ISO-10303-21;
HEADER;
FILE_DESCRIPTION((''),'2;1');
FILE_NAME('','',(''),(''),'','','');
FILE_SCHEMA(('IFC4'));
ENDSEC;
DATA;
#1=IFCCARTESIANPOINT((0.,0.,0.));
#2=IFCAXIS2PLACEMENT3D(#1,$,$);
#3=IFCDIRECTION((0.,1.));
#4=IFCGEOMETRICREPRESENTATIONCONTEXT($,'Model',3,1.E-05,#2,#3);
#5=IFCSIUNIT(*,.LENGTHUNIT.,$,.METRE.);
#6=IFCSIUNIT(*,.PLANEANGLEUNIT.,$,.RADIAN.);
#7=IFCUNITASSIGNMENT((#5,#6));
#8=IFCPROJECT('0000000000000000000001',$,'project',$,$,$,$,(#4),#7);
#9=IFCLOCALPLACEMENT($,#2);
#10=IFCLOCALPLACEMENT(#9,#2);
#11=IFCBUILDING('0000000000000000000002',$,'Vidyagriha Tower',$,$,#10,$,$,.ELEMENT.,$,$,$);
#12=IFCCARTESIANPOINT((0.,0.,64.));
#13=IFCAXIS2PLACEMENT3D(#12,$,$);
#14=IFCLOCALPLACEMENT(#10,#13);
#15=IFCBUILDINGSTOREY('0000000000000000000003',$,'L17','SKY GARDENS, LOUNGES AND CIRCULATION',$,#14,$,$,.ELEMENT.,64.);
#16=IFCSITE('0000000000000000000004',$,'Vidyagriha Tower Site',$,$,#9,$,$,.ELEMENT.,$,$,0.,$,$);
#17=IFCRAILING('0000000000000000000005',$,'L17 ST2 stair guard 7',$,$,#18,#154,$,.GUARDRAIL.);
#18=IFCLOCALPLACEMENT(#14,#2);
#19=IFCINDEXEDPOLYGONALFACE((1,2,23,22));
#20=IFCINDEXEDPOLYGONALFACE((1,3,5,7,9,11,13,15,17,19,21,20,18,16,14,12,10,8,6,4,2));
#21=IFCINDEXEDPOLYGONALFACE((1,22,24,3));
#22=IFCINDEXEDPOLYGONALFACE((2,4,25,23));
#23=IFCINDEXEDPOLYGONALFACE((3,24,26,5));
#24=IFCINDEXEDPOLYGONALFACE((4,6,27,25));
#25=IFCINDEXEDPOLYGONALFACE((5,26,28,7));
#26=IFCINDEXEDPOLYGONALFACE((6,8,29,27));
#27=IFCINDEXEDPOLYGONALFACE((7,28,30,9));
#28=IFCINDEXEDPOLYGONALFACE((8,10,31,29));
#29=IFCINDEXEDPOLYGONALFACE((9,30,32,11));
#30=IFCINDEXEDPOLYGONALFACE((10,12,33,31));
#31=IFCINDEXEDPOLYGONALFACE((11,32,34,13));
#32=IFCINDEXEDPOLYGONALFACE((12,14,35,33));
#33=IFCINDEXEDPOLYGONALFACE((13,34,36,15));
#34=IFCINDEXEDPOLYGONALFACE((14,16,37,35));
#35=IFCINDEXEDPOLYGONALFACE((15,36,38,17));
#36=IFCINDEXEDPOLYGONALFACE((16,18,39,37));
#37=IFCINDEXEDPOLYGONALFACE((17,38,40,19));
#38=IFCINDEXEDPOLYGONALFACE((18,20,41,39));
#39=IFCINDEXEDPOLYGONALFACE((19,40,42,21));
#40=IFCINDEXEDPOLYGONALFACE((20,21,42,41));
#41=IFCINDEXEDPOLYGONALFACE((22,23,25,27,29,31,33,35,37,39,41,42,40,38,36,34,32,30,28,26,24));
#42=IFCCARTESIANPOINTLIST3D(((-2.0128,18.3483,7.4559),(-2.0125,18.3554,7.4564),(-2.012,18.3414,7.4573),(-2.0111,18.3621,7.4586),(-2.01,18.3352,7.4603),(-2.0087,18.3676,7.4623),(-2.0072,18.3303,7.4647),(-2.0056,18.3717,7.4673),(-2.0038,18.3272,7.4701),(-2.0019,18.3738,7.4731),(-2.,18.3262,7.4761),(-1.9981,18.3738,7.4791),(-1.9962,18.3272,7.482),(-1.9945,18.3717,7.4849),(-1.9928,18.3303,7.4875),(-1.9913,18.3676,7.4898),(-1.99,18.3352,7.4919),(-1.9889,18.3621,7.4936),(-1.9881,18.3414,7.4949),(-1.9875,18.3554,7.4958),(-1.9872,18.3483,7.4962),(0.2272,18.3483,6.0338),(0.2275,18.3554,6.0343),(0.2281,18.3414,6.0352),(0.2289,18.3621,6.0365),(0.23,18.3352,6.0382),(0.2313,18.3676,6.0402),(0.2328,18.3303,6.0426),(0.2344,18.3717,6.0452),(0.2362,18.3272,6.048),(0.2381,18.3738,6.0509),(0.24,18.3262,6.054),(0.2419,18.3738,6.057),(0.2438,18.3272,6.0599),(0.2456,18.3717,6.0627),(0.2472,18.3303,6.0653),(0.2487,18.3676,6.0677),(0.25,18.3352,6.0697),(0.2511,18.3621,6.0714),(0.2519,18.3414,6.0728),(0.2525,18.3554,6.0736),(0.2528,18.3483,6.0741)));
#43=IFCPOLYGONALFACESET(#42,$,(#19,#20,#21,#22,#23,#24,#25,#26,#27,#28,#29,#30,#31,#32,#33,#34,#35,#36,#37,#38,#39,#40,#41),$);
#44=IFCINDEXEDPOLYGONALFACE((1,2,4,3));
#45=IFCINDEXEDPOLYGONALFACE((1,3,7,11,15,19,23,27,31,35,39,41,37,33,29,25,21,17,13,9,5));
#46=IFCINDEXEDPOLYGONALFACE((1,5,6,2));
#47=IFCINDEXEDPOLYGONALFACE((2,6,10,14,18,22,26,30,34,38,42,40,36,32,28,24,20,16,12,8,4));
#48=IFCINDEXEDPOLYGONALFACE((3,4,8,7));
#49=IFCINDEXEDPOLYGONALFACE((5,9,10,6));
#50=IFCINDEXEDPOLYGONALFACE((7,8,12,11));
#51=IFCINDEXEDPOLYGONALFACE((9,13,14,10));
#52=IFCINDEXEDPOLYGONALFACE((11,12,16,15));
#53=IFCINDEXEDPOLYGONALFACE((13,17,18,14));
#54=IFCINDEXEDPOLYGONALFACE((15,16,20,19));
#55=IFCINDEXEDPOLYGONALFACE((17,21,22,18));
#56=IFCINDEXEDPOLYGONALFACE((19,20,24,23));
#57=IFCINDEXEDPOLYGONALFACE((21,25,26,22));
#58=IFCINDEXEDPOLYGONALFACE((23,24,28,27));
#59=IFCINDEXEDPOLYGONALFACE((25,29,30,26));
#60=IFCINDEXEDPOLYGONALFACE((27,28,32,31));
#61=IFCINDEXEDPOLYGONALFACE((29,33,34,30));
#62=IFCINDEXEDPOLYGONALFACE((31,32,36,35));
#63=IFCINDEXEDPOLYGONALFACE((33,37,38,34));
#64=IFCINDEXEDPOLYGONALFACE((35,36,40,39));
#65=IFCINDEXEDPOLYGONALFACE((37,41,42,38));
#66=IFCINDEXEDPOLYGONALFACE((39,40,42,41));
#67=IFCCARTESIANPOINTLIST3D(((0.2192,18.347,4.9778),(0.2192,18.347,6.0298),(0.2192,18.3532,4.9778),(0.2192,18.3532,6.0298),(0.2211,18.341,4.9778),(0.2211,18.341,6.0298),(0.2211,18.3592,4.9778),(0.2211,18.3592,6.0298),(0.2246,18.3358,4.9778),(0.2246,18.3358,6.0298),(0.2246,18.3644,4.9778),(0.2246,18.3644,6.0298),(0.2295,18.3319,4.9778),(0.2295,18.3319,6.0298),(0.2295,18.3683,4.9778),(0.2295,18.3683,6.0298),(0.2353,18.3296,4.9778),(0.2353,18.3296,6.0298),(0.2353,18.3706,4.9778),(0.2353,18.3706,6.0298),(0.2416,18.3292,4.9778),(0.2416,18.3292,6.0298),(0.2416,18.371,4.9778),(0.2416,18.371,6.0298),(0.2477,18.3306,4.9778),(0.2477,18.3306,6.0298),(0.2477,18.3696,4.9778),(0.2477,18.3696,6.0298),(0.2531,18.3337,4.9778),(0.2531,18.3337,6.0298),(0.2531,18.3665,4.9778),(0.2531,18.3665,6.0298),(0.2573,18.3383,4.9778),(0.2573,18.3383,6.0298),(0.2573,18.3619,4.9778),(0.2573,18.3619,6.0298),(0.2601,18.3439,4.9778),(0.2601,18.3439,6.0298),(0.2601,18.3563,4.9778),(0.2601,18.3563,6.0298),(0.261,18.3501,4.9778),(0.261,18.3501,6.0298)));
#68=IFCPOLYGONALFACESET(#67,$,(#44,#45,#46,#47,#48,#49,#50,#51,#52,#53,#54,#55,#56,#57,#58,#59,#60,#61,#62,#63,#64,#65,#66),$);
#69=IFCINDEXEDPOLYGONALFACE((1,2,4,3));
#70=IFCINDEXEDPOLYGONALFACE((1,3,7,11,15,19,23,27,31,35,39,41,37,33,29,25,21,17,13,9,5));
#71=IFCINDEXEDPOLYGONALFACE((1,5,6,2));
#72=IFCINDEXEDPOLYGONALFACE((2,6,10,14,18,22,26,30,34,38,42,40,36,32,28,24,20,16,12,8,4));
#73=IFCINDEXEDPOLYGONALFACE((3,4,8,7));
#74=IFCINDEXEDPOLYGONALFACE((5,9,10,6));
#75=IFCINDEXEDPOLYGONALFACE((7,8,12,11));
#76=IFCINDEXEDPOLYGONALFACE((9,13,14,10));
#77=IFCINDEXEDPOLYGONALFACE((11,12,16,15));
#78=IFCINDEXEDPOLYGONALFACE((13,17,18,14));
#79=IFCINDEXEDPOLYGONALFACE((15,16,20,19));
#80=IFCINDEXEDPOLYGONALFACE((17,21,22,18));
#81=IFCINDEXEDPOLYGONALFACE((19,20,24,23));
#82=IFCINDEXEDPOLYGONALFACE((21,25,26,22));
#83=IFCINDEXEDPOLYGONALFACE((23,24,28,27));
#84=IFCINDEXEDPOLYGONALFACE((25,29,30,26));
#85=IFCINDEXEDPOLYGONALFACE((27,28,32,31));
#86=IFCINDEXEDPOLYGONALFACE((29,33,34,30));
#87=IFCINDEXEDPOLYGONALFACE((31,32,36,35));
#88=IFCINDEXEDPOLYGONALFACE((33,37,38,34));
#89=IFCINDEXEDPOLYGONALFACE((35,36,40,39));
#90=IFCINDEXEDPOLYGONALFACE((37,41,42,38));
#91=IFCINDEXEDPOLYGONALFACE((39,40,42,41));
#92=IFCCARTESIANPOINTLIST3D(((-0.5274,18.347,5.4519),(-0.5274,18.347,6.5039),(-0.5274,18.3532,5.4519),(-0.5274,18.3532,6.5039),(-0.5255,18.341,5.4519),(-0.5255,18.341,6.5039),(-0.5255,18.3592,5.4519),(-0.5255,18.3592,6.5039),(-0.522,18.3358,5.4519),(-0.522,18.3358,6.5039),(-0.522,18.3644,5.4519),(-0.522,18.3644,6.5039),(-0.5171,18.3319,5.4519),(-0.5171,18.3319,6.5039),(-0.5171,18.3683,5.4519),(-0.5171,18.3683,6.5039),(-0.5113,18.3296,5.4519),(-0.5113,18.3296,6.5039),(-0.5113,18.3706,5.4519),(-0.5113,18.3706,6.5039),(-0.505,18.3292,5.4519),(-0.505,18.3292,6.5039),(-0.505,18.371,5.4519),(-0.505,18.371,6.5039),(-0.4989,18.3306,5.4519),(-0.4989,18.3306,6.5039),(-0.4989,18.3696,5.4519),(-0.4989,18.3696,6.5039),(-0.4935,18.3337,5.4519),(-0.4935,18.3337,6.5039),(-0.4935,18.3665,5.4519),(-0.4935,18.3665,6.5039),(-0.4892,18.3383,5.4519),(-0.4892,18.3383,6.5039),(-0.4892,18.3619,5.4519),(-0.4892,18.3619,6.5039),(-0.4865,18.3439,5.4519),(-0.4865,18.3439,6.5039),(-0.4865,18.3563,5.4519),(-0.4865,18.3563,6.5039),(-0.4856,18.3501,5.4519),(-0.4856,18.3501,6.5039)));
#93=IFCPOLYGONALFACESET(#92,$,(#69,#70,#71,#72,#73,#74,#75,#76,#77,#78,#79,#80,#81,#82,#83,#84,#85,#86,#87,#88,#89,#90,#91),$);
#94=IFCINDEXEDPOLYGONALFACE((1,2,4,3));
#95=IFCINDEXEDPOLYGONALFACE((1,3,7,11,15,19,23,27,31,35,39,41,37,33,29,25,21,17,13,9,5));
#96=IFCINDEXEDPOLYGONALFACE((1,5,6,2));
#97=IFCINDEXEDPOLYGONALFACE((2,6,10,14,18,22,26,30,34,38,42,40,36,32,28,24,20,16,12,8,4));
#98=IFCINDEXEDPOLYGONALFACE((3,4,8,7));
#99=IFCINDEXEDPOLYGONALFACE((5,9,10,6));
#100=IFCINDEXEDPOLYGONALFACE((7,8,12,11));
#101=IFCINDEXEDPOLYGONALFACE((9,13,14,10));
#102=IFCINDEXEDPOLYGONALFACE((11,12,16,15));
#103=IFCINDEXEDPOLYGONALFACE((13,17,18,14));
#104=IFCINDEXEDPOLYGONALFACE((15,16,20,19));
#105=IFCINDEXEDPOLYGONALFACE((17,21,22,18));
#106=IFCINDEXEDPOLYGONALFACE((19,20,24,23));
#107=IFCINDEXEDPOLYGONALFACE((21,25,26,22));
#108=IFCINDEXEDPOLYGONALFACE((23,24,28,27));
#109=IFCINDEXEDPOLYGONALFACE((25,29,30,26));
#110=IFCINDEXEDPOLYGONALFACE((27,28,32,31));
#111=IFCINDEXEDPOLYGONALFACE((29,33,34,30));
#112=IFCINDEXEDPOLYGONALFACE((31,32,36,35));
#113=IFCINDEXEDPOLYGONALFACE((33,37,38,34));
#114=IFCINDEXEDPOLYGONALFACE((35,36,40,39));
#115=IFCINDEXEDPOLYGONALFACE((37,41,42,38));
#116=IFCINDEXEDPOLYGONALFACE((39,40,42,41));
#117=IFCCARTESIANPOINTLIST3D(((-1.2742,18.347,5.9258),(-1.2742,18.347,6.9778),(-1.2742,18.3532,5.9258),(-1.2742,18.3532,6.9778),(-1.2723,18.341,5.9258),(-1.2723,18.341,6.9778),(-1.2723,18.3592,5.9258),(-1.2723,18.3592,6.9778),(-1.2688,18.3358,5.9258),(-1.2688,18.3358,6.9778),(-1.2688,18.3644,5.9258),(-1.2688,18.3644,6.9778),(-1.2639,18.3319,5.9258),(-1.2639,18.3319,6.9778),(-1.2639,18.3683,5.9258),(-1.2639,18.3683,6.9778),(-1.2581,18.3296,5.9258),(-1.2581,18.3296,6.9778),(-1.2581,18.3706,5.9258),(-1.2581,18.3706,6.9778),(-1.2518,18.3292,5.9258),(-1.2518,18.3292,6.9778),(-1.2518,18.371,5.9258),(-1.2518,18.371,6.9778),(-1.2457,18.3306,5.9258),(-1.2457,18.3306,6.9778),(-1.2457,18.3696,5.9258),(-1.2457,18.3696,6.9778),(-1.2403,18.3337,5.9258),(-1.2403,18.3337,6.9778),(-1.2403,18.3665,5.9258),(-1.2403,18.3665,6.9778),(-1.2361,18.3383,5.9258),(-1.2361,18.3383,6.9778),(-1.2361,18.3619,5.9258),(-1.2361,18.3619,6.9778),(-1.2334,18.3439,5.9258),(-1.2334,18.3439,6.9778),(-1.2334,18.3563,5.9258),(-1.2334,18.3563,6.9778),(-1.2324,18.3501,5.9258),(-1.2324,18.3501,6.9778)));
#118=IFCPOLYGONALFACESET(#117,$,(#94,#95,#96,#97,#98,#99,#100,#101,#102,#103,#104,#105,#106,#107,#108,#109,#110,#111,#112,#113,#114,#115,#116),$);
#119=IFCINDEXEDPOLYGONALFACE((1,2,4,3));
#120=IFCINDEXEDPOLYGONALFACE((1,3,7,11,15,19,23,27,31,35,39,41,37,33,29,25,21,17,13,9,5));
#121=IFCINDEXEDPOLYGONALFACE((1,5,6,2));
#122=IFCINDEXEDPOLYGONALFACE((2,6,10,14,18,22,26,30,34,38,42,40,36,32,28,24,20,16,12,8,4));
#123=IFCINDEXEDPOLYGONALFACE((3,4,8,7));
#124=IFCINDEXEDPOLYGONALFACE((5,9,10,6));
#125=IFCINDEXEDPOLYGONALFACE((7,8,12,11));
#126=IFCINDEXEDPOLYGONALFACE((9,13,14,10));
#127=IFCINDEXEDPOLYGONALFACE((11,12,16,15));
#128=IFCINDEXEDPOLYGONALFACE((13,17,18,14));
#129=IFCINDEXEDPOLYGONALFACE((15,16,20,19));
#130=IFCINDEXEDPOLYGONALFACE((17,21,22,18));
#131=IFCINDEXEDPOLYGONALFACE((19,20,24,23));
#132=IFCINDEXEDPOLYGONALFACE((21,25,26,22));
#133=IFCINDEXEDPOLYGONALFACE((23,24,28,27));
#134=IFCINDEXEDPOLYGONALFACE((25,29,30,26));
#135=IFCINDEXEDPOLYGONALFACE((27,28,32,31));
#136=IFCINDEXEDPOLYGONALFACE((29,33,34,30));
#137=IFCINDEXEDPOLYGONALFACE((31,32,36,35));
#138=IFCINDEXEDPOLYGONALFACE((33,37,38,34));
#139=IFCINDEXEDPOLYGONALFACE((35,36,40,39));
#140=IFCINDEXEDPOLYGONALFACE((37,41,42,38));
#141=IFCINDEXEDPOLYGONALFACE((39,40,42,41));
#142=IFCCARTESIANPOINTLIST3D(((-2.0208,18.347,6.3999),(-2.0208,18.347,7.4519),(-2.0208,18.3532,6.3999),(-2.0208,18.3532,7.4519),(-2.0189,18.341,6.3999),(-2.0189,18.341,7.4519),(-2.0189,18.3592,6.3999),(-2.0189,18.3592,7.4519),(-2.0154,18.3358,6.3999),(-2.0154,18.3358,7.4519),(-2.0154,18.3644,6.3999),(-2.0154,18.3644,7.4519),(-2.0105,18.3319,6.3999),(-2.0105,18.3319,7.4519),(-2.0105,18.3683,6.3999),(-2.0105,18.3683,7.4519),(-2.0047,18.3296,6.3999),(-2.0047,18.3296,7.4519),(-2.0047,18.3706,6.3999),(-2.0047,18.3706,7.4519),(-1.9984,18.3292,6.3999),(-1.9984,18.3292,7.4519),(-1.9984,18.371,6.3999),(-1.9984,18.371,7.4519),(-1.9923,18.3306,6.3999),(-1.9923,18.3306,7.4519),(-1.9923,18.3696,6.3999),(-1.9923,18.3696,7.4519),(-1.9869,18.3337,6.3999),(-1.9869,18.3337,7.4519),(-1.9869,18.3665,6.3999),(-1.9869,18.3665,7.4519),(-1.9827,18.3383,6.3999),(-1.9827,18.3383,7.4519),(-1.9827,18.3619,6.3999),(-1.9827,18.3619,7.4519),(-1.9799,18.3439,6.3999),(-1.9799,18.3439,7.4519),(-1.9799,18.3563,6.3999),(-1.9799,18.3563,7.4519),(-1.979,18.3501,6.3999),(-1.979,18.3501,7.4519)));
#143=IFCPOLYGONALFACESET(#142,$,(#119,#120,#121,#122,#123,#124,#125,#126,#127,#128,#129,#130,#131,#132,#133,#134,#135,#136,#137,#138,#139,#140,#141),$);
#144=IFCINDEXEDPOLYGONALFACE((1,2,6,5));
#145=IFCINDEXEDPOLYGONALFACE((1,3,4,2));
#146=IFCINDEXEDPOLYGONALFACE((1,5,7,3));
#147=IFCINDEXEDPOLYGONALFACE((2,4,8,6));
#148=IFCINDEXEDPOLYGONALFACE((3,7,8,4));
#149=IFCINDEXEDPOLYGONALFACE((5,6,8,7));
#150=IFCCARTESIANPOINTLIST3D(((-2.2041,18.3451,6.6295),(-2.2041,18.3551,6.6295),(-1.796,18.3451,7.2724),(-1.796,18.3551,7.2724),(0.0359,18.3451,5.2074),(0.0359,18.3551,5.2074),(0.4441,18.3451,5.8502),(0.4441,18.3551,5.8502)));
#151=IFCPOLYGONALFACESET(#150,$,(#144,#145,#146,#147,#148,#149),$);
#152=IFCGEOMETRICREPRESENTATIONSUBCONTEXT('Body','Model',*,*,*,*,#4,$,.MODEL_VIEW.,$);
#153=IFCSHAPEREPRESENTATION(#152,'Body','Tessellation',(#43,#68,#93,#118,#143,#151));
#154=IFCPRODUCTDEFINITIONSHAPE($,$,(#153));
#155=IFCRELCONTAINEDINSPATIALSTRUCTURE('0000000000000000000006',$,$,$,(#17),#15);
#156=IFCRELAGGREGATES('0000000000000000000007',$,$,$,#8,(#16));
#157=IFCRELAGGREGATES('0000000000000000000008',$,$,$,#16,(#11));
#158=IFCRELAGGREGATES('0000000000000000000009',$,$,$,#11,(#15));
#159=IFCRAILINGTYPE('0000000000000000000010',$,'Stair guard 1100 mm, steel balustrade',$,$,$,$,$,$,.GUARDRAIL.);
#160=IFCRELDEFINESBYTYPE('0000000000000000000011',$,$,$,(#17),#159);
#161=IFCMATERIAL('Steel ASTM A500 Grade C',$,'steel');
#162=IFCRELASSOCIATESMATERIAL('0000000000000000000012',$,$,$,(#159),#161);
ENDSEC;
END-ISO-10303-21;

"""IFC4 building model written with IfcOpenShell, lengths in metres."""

from ifc_helpers import new_model, si_unit, direction, frame, origin, origin_2d, place, context, subcontext, project, spatial, rectangle, circle, extrude, material, type_object, element, save


model = new_model("IFC4")

# Units and contexts
model_context = context("Model", 3, precision=1e-05, world=origin(), true_north=direction((0.0, 1.0)))
body_context = subcontext(model_context, "Body", "Model", "MODEL_VIEW")
ifc_project = project(units=[si_unit("LENGTHUNIT", "METRE"), si_unit("PLANEANGLEUNIT", "RADIAN")], contexts=[model_context])

# Site, building, storey
site_placement = place(None, origin())
site = spatial("IfcSite", under=ifc_project, at=site_placement, Name="Vidyagriha Tower Site", CompositionType="ELEMENT", RefElevation=0.0)
building_placement = place(site_placement, origin())
building = spatial("IfcBuilding", under=site, at=building_placement, Name="Vidyagriha Tower", CompositionType="ELEMENT")
storey_placement = place(building_placement, frame((0.0, 0.0, 64.0)))
storey = spatial("IfcBuildingStorey", under=building, at=storey_placement, Name="L17", Description="SKY GARDENS, LOUNGES AND CIRCULATION", CompositionType="ELEMENT", Elevation=64.0)

# Railing
ifc_material_1 = material(Name="Steel ASTM A500 Grade C", Category="steel")
railing_type_1 = type_object("IfcRailingType", Name="Stair guard 1100 mm, steel balustrade", PredefinedType="GUARDRAIL", material=ifc_material_1)
railing_1_placement = place(storey_placement, frame((0.24, 18.3501, 4.9778)))
element("IfcRailing", 1, at=railing_1_placement, inside=storey, type_object=railing_type_1, Name="L17 ST2 stair guard 7", PredefinedType="GUARDRAIL", context=body_context, shape_type="SweptSolid", body=[
    extrude(circle(Radius=0.0239, at=origin_2d()), frame((0.0, 0.0, 1.0762), z_axis=(-0.844229, 0.0, 0.535982), x_axis=(0.0, -1.0, 0.0)), (0.0, 0.0, 1.0), 2.6533),
    extrude(circle(Radius=0.021, at=origin_2d()), origin(), (0.0, 0.0, 1.0), 1.052),
    extrude(circle(Radius=0.021, at=origin_2d()), frame((-0.7466, 0.0, 0.4741)), (0.0, 0.0, 1.0), 1.052),
    extrude(circle(Radius=0.021, at=origin_2d()), frame((-1.4934, 0.0, 0.948)), (0.0, 0.0, 1.0), 1.052),
    extrude(circle(Radius=0.021, at=origin_2d()), frame((-2.24, 0.0, 1.4221)), (0.0, 0.0, 1.0), 1.052),
    extrude(rectangle(XDim=0.01, YDim=0.7615, at=origin_2d()), frame((0.0, 0.0, 0.551), z_axis=(-0.844229, 0.0, 0.535982), x_axis=(0.0, -1.0, 0.0)), (0.0, 0.0, 1.0), 2.6533),
])

save(model, "model.ifc")
